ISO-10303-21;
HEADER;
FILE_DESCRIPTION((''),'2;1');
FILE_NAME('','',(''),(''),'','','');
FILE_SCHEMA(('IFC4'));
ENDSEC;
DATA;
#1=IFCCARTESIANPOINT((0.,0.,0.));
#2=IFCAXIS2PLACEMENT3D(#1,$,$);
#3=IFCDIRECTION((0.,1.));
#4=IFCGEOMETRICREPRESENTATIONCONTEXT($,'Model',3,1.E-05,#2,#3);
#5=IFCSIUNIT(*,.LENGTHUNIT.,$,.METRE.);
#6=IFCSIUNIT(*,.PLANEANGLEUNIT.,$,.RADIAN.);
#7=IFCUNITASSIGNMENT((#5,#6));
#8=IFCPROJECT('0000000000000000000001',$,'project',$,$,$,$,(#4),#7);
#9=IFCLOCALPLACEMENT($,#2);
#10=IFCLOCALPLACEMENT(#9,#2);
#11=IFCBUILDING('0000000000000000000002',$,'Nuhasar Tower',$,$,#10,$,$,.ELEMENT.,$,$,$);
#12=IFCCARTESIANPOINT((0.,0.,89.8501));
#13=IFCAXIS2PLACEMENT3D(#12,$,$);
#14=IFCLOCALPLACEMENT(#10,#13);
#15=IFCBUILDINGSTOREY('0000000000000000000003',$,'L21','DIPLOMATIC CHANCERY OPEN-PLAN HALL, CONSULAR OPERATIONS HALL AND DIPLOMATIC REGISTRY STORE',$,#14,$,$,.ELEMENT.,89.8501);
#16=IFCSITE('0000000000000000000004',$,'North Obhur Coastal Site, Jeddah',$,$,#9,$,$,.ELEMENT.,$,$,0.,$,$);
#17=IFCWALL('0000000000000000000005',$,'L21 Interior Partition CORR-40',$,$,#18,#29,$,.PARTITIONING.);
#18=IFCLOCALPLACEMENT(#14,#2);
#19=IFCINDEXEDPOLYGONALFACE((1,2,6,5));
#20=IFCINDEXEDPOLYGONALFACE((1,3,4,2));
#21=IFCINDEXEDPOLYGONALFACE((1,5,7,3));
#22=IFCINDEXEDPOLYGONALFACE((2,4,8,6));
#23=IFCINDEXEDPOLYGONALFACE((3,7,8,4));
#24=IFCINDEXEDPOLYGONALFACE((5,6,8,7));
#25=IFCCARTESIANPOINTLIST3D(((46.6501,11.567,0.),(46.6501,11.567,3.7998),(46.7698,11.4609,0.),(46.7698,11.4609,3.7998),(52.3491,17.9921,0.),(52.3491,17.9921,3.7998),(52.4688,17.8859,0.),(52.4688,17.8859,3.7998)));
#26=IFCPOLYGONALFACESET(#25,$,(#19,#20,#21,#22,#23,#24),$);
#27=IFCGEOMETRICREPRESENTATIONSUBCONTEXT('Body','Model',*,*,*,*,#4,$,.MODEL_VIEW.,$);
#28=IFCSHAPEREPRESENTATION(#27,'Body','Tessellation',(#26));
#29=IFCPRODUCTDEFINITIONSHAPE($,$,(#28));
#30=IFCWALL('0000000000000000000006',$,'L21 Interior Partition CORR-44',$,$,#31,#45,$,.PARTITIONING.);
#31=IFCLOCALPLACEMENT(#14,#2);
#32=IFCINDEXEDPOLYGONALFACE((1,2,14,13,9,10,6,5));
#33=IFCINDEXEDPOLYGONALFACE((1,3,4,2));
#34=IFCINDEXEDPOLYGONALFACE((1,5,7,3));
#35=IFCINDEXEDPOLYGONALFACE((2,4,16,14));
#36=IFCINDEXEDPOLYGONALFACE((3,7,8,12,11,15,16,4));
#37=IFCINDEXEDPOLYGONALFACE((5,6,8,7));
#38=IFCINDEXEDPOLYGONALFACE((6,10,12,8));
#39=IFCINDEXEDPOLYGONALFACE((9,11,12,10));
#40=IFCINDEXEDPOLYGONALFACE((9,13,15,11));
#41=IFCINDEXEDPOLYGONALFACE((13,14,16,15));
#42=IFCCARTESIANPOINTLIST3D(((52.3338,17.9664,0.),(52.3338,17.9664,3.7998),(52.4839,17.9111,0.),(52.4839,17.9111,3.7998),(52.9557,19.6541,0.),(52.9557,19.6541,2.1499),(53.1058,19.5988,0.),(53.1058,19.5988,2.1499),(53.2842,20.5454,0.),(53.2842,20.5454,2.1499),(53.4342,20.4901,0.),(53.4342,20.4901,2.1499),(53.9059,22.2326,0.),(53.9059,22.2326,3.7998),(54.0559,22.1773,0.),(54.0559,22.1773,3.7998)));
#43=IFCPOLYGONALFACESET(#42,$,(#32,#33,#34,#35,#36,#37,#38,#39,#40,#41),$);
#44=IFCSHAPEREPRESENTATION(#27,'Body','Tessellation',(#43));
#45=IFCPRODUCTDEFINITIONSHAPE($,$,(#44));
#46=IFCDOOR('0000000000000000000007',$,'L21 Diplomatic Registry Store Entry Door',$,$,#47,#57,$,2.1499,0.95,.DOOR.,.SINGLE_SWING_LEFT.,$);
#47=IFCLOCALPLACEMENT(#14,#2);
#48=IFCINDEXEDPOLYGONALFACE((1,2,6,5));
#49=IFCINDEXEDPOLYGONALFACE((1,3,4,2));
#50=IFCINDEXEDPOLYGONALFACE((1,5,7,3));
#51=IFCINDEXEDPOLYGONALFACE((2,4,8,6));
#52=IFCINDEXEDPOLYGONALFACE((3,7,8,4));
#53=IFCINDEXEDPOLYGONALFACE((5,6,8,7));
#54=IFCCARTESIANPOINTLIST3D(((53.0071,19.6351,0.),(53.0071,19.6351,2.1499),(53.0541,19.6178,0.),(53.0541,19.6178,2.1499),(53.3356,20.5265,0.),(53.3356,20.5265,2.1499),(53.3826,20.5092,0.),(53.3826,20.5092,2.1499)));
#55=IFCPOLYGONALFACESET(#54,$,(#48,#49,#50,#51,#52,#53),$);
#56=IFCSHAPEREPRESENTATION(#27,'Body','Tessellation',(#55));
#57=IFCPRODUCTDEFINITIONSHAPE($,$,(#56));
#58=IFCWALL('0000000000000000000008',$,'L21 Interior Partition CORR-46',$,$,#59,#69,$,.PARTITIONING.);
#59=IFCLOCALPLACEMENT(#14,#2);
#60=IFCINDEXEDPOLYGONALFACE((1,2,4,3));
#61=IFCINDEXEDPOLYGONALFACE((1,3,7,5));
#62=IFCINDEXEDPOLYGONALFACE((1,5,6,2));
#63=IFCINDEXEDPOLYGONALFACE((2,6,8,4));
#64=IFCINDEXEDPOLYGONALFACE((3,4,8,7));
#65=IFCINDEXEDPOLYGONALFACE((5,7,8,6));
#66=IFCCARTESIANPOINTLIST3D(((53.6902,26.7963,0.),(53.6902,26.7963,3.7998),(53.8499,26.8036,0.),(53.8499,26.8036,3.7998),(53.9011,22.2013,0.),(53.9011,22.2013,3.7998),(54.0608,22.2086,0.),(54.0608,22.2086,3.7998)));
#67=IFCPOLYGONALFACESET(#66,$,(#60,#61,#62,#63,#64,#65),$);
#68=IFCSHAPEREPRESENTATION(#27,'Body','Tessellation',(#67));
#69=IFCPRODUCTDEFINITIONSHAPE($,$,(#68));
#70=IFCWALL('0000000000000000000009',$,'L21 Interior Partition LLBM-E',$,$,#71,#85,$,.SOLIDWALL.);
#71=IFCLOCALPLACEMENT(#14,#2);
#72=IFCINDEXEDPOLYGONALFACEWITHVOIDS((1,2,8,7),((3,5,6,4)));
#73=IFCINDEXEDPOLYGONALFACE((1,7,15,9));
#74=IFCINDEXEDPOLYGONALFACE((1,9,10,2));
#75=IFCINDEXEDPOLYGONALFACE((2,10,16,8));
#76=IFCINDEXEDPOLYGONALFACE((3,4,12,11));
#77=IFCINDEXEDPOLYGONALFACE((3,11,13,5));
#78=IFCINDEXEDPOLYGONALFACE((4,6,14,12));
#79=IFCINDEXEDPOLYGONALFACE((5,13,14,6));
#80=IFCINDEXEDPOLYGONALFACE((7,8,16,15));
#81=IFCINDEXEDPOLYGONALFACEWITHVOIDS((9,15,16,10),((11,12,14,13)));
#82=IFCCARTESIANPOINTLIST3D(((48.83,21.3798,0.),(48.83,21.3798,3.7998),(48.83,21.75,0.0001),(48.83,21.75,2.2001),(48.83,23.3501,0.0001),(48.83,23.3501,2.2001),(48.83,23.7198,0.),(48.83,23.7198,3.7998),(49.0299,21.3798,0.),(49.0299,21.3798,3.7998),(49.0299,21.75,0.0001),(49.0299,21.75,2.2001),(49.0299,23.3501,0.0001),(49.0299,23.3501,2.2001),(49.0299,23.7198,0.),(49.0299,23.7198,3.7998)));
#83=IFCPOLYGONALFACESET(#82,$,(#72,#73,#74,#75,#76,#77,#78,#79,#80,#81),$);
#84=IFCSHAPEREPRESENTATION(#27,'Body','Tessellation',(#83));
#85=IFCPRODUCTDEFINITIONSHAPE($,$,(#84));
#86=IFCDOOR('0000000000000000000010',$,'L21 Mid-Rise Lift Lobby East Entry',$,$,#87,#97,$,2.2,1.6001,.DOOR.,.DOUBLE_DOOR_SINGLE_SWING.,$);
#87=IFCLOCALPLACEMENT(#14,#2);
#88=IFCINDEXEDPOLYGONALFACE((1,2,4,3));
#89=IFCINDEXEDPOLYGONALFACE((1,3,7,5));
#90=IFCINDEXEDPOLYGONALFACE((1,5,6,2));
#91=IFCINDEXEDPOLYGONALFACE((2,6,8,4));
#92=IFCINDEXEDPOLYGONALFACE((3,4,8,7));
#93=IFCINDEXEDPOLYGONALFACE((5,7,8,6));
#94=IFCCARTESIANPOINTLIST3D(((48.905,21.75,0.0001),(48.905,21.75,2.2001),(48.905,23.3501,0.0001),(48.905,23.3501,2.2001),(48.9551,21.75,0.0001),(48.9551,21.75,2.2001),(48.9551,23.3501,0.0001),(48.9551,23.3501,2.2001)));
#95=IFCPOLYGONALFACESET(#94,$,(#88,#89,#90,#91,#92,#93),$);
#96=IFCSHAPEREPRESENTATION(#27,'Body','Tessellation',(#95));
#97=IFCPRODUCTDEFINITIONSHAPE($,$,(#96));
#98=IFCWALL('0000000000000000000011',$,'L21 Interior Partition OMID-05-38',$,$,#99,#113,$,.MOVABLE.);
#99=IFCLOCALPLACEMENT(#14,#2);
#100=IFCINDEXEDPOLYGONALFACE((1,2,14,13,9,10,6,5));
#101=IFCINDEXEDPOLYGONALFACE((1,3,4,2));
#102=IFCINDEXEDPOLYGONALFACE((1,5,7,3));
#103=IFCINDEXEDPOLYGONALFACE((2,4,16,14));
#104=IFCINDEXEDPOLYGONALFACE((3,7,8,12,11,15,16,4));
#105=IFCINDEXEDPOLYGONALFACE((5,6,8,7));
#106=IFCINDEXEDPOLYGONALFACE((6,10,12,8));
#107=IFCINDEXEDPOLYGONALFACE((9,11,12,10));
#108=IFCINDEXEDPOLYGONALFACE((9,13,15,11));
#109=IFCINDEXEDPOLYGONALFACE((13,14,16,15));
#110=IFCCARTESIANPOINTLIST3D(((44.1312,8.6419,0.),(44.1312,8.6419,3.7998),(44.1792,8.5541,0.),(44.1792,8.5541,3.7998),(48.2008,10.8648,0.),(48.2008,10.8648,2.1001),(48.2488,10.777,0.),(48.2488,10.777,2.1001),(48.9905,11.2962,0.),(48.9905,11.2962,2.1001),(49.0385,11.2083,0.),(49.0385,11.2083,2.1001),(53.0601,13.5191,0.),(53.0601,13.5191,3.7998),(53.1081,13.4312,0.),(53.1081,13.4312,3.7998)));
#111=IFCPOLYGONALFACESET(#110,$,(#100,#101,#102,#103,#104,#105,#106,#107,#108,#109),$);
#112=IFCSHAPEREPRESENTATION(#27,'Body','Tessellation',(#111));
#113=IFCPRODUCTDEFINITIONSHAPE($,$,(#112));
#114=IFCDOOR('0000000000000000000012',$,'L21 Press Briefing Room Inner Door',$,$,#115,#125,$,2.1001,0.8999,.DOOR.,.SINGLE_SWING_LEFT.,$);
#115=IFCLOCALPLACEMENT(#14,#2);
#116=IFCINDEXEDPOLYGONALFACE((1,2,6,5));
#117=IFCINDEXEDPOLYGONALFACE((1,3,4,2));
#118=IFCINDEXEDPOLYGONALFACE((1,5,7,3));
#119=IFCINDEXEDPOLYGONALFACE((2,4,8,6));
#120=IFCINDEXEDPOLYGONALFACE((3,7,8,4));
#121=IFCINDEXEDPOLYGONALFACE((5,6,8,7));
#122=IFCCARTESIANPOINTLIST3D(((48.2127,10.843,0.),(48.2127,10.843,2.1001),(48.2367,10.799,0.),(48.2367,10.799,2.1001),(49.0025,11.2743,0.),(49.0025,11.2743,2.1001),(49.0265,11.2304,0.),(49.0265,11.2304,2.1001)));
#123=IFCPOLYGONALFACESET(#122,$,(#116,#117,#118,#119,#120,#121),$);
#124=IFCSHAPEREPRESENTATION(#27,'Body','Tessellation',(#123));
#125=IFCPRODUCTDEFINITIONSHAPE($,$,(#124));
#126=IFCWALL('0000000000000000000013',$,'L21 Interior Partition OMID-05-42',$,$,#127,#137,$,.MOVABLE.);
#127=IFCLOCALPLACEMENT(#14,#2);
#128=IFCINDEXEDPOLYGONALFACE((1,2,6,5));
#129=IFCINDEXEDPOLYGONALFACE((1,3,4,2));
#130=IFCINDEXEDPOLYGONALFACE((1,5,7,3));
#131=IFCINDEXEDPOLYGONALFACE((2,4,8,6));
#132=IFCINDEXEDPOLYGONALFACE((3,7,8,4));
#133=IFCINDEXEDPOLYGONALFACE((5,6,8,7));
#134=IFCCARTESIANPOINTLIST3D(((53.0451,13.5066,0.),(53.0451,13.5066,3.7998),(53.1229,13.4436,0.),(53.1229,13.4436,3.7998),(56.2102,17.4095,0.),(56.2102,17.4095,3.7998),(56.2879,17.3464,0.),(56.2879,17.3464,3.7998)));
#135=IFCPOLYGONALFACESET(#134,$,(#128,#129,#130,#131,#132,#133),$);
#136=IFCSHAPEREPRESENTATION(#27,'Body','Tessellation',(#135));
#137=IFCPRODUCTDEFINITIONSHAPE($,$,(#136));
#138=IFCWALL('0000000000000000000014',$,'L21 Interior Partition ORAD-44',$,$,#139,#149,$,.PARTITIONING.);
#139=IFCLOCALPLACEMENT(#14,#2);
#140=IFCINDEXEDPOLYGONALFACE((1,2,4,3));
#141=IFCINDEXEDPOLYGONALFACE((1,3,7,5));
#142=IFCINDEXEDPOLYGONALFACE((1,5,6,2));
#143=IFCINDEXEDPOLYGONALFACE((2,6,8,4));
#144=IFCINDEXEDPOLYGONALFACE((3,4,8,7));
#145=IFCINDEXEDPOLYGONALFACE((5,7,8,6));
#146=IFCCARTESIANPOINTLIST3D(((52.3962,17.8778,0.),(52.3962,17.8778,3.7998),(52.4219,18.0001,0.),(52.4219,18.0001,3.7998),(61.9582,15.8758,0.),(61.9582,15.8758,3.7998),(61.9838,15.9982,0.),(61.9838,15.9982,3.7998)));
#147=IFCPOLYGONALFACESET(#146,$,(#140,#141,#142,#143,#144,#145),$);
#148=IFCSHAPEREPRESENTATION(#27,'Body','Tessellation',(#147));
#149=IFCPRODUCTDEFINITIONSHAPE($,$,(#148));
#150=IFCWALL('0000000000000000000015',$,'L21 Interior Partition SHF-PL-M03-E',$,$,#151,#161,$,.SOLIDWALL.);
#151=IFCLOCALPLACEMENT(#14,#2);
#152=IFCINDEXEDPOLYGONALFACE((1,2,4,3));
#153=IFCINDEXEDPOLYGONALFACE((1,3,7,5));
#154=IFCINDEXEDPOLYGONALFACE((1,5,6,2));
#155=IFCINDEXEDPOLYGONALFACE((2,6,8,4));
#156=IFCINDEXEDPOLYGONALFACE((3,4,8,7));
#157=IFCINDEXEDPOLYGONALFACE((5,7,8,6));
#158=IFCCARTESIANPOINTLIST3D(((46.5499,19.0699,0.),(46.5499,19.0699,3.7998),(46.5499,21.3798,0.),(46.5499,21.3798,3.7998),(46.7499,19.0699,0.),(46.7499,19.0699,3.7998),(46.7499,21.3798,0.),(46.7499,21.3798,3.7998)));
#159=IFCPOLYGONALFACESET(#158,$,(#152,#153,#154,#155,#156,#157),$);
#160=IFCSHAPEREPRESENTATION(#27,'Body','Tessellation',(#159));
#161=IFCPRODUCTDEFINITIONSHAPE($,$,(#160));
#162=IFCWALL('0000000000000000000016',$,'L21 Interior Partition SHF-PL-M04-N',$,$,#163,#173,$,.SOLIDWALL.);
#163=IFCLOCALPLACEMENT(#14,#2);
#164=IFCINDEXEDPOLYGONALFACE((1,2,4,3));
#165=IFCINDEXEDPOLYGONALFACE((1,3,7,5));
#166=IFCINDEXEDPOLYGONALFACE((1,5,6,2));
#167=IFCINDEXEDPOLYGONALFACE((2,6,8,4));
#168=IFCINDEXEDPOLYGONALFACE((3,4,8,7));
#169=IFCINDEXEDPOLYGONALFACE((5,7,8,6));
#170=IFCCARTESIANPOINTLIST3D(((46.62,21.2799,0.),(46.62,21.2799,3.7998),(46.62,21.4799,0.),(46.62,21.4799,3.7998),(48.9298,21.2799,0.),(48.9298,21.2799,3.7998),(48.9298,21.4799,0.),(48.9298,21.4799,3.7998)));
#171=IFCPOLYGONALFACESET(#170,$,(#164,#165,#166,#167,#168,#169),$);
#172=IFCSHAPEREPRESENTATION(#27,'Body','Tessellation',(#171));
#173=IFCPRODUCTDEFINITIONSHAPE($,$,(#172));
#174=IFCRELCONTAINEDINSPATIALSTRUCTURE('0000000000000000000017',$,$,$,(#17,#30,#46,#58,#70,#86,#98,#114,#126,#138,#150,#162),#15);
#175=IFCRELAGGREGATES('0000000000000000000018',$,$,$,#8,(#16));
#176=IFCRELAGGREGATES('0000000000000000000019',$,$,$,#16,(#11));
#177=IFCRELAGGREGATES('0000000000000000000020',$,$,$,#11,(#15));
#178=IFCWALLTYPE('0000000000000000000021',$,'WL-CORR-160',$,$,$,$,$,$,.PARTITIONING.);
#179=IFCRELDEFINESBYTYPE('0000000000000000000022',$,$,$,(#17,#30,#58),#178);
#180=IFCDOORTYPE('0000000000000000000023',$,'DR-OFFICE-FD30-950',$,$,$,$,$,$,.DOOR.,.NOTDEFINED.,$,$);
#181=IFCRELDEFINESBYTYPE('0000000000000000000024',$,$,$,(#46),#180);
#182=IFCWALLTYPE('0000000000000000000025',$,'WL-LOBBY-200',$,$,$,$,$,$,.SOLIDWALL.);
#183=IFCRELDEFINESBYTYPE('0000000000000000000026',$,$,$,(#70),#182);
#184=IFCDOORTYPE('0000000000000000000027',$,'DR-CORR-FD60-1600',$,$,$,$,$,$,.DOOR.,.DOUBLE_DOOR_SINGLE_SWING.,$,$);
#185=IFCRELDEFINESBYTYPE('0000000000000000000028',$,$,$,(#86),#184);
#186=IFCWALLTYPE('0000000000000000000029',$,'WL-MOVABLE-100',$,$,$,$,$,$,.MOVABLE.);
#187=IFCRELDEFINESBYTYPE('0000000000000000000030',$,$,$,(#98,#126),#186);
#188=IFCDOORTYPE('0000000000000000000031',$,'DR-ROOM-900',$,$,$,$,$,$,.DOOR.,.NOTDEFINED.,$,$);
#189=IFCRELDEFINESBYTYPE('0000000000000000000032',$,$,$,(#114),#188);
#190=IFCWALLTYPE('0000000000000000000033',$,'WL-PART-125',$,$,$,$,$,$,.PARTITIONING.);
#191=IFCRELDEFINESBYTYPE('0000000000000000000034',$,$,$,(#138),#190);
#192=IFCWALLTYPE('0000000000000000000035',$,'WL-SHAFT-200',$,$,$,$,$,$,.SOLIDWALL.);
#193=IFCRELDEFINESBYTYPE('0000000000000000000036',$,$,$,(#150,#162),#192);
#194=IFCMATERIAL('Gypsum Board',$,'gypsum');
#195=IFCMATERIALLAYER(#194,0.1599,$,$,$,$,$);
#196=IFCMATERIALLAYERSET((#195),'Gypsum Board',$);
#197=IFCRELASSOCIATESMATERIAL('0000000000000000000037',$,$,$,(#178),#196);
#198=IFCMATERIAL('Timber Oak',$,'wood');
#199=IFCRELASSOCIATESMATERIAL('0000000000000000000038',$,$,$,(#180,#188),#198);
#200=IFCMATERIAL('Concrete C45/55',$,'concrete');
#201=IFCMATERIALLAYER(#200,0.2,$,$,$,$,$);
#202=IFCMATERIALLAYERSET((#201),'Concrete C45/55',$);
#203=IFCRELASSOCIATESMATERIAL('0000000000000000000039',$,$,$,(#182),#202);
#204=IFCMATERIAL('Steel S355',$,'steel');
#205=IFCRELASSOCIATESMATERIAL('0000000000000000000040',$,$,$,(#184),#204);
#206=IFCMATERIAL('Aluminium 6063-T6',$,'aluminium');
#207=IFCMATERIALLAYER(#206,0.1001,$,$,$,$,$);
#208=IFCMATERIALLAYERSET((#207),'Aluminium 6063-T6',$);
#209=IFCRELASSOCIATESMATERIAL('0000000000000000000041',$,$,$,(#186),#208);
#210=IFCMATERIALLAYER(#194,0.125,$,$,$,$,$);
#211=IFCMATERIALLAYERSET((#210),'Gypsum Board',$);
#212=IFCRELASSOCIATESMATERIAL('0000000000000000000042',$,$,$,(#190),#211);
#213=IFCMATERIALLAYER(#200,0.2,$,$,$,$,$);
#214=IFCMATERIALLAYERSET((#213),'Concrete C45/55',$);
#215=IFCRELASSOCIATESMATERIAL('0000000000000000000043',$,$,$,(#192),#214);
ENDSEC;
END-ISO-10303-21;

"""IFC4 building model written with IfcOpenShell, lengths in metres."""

from ifc_helpers import new_model, si_unit, direction, frame, frame_2d, origin, place, context, subcontext, project, spatial, rectangle, extrude, material, layer, layer_set, type_object, element, fill, save


model = new_model("IFC4")

# Units and contexts
model_context = context("Model", 3, precision=1e-05, world=origin(), true_north=direction((0.0, 1.0)))
body_context = subcontext(model_context, "Body", "Model", "MODEL_VIEW")
ifc_project = project(units=[si_unit("LENGTHUNIT", "METRE"), si_unit("PLANEANGLEUNIT", "RADIAN")], contexts=[model_context])

# Site, building, storey
site_placement = place(None, origin())
site = spatial("IfcSite", under=ifc_project, at=site_placement, Name="North Obhur Coastal Site, Jeddah", CompositionType="ELEMENT", RefElevation=0.0)
building_placement = place(site_placement, origin())
building = spatial("IfcBuilding", under=site, at=building_placement, Name="Nuhasar Tower", CompositionType="ELEMENT")
storey_placement = place(building_placement, frame((0.0, 0.0, 89.8501)))
storey = spatial("IfcBuildingStorey", under=building, at=storey_placement, Name="L21", Description="DIPLOMATIC CHANCERY OPEN-PLAN HALL, CONSULAR OPERATIONS HALL AND DIPLOMATIC REGISTRY STORE", CompositionType="ELEMENT", Elevation=89.8501)

# Shared definitions
ifc_material_1 = material(Name="Steel S355", Category="steel")

# Shared definitions
ifc_material_2 = material(Name="Aluminium 6063-T6", Category="aluminium")

# Shared definitions
ifc_material_3 = material(Name="Gypsum Board", Category="gypsum")
ifc_layer_1 = layer(ifc_material_3, 0.1599)
ifc_layer_set_1 = layer_set([ifc_layer_1], Name="Gypsum Board")
wall_type_1 = type_object("IfcWallType", Name="WL-CORR-160", PredefinedType="PARTITIONING", material=ifc_layer_set_1)
ifc_material_4 = material(Name="Timber Oak", Category="wood")
door_type_1 = type_object("IfcDoorType", Name="DR-OFFICE-FD30-950", OperationType="NOTDEFINED", PredefinedType="DOOR", material=ifc_material_4)

# Wall
wall_1_placement = place(storey_placement, frame((46.71, 11.5139, 0.0), z_axis=(0.0, 0.0, 1.0), x_axis=(0.663571, 0.748113, 0.0)))
element("IfcWall", 1, at=wall_1_placement, inside=storey, type_object=wall_type_1, Name="L21 Interior Partition CORR-40", PredefinedType="PARTITIONING", context=body_context, shape_type="SweptSolid", body=[
    extrude(rectangle(XDim=8.5884, YDim=0.1599, at=frame_2d((4.2942, 0.0))), origin(), (0.0, 0.0, 1.0), 3.7998),
])

# Wall, opening, door
wall_2_placement = place(storey_placement, frame((53.981, 22.2051, 0.0), z_axis=(0.0, 0.0, 1.0), x_axis=(-0.345763, -0.938322, 0.0)))
wall_2 = element("IfcWall", 2, at=wall_2_placement, inside=storey, type_object=wall_type_1, Name="L21 Interior Partition CORR-44", PredefinedType="PARTITIONING", context=body_context, shape_type="SweptSolid", body=[
    extrude(rectangle(XDim=4.5466, YDim=0.1599, at=frame_2d((2.2734, 0.0))), origin(), (0.0, 0.0, 1.0), 3.7998),
])
opening_1_placement = place(wall_2_placement, frame((1.7981, 0.0, 0.0)))
opening_1 = element("IfcOpeningElement", 3, at=opening_1_placement, cuts=wall_2, PredefinedType="OPENING", context=body_context, shape_type="SweptSolid", body=[
    extrude(rectangle(XDim=0.95, YDim=2.1499, at=frame_2d((0.4751, 1.075))), frame((0.0, 0.0898, 0.0), z_axis=(0.0, -1.0, 0.0), x_axis=(1.0, 0.0, 0.0)), (0.0, 0.0, 1.0), 0.1799),
])
door_1_placement = place(opening_1_placement, origin())
door_1 = element("IfcDoor", 4, at=door_1_placement, inside=storey, type_object=door_type_1, Name="L21 Diplomatic Registry Store Entry Door", OperationType="SINGLE_SWING_LEFT", OverallHeight=2.1499, OverallWidth=0.95, PredefinedType="DOOR", context=body_context, shape_type="SweptSolid", body=[
    extrude(rectangle(XDim=0.95, YDim=2.1499, at=frame_2d((0.4751, 1.075))), frame((0.0, 0.0249, 0.0), z_axis=(0.0, -1.0, 0.0), x_axis=(1.0, 0.0, 0.0)), (0.0, 0.0, 1.0), 0.05),
])
fill(opening_1, door_1)

# Wall
wall_3_placement = place(storey_placement, frame((53.981, 22.2051, 0.0), z_axis=(0.0, 0.0, 1.0), x_axis=(-0.045858, 0.998948, 0.0)))
element("IfcWall", 5, at=wall_3_placement, inside=storey, type_object=wall_type_1, Name="L21 Interior Partition CORR-46", PredefinedType="PARTITIONING", context=body_context, shape_type="SweptSolid", body=[
    extrude(rectangle(XDim=4.5999, YDim=0.1599, at=frame_2d((2.2998, 0.0))), origin(), (0.0, 0.0, 1.0), 3.7998),
])

# Walls, openings, doors
ifc_material_5 = material(Name="Concrete C45/55", Category="concrete")
ifc_layer_2 = layer(ifc_material_5, 0.2)
ifc_layer_set_2 = layer_set([ifc_layer_2], Name="Concrete C45/55")
wall_type_2 = type_object("IfcWallType", Name="WL-LOBBY-200", PredefinedType="SOLIDWALL", material=ifc_layer_set_2)
wall_4_placement = place(storey_placement, frame((48.9299, 21.3799, 0.0), z_axis=(0.0, 0.0, 1.0), x_axis=(0.0, 1.0, 0.0)))
wall_4 = element("IfcWall", 6, at=wall_4_placement, inside=storey, type_object=wall_type_2, Name="L21 Interior Partition LLBM-E", PredefinedType="SOLIDWALL", context=body_context, shape_type="SweptSolid", body=[
    extrude(rectangle(XDim=2.3401, YDim=0.2, at=frame_2d((1.1699, 0.0))), origin(), (0.0, 0.0, 1.0), 3.7998),
])
opening_2_placement = place(wall_4_placement, frame((0.3701, 0.0, 0.0)))
opening_2 = element("IfcOpeningElement", 7, at=opening_2_placement, cuts=wall_4, PredefinedType="OPENING", context=body_context, shape_type="SweptSolid", body=[
    extrude(rectangle(XDim=1.6001, YDim=2.2, at=frame_2d((0.8, 1.1001))), frame((0.0, 0.1099, 0.0), z_axis=(0.0, -1.0, 0.0), x_axis=(1.0, 0.0, 0.0)), (0.0, 0.0, 1.0), 0.22),
])
door_type_2 = type_object("IfcDoorType", Name="DR-CORR-FD60-1600", OperationType="DOUBLE_DOOR_SINGLE_SWING", PredefinedType="DOOR", material=ifc_material_1)
door_2_placement = place(opening_2_placement, origin())
door_2 = element("IfcDoor", 8, at=door_2_placement, inside=storey, type_object=door_type_2, Name="L21 Mid-Rise Lift Lobby East Entry", OperationType="DOUBLE_DOOR_SINGLE_SWING", OverallHeight=2.2, OverallWidth=1.6001, PredefinedType="DOOR", context=body_context, shape_type="SweptSolid", body=[
    extrude(rectangle(XDim=1.6001, YDim=2.2, at=frame_2d((0.8, 1.1001))), frame((0.0, 0.0249, 0.0), z_axis=(0.0, -1.0, 0.0), x_axis=(1.0, 0.0, 0.0)), (0.0, 0.0, 1.0), 0.05),
])
fill(opening_2, door_2)
ifc_layer_3 = layer(ifc_material_2, 0.1001)
ifc_layer_set_3 = layer_set([ifc_layer_3], Name="Aluminium 6063-T6")
wall_type_3 = type_object("IfcWallType", Name="WL-MOVABLE-100", PredefinedType="MOVABLE", material=ifc_layer_set_3)
wall_5_placement = place(storey_placement, frame((53.084, 13.4751, 0.0), z_axis=(0.0, 0.0, 1.0), x_axis=(-0.877612, -0.479372, 0.0)))
wall_5 = element("IfcWall", 9, at=wall_5_placement, inside=storey, type_object=wall_type_3, Name="L21 Interior Partition OMID-05-38", PredefinedType="MOVABLE", context=body_context, shape_type="SweptSolid", body=[
    extrude(rectangle(XDim=10.1741, YDim=0.1001, at=frame_2d((5.0869, 0.0))), origin(), (0.0, 0.0, 1.0), 3.7998),
])
opening_3_placement = place(wall_5_placement, frame((4.637, 0.0, 0.0)))
opening_3 = element("IfcOpeningElement", 10, at=opening_3_placement, cuts=wall_5, PredefinedType="OPENING", context=body_context, shape_type="SweptSolid", body=[
    extrude(rectangle(XDim=0.8999, YDim=2.1001, at=frame_2d((0.45, 1.05))), frame((0.0, 0.0601, 0.0), z_axis=(0.0, -1.0, 0.0), x_axis=(1.0, 0.0, 0.0)), (0.0, 0.0, 1.0), 0.1201),
])
door_type_3 = type_object("IfcDoorType", Name="DR-ROOM-900", OperationType="NOTDEFINED", PredefinedType="DOOR", material=ifc_material_4)
door_3_placement = place(opening_3_placement, origin())
door_3 = element("IfcDoor", 11, at=door_3_placement, inside=storey, type_object=door_type_3, Name="L21 Press Briefing Room Inner Door", OperationType="SINGLE_SWING_LEFT", OverallHeight=2.1001, OverallWidth=0.8999, PredefinedType="DOOR", context=body_context, shape_type="SweptSolid", body=[
    extrude(rectangle(XDim=0.8999, YDim=2.1001, at=frame_2d((0.45, 1.05))), frame((0.0, 0.0249, 0.0), z_axis=(0.0, -1.0, 0.0), x_axis=(1.0, 0.0, 0.0)), (0.0, 0.0, 1.0), 0.05),
])
fill(opening_3, door_3)

# Walls
wall_6_placement = place(storey_placement, frame((53.084, 13.4751, 0.0), z_axis=(0.0, 0.0, 1.0), x_axis=(0.629872, 0.776699, 0.0)))
element("IfcWall", 12, at=wall_6_placement, inside=storey, type_object=wall_type_3, Name="L21 Interior Partition OMID-05-42", PredefinedType="MOVABLE", context=body_context, shape_type="SweptSolid", body=[
    extrude(rectangle(XDim=5.0249, YDim=0.1001, at=frame_2d((2.5125, 0.0))), origin(), (0.0, 0.0, 1.0), 3.7998),
])
ifc_layer_4 = layer(ifc_material_3, 0.125)
ifc_layer_set_4 = layer_set([ifc_layer_4], Name="Gypsum Board")
wall_type_4 = type_object("IfcWallType", Name="WL-PART-125", PredefinedType="PARTITIONING", material=ifc_layer_set_4)
wall_7_placement = place(storey_placement, frame((52.4089, 17.939, 0.0), z_axis=(0.0, 0.0, 1.0), x_axis=(0.978778, -0.204922, 0.0)))
element("IfcWall", 13, at=wall_7_placement, inside=storey, type_object=wall_type_4, Name="L21 Interior Partition ORAD-44", PredefinedType="PARTITIONING", context=body_context, shape_type="SweptSolid", body=[
    extrude(rectangle(XDim=9.7693, YDim=0.125, at=frame_2d((4.8848, 0.0))), origin(), (0.0, 0.0, 1.0), 3.7998),
])
ifc_layer_5 = layer(ifc_material_5, 0.2)
ifc_layer_set_5 = layer_set([ifc_layer_5], Name="Concrete C45/55")
wall_type_5 = type_object("IfcWallType", Name="WL-SHAFT-200", PredefinedType="SOLIDWALL", material=ifc_layer_set_5)
for number, where, z_axis, x_axis, name in (
    (14, (46.6499, 19.0701, 0.0), (0.0, 0.0, 1.0), (0.0, 1.0, 0.0), "L21 Interior Partition SHF-PL-M03-E"),
    (15, (46.6201, 21.3799, 0.0), (0.0, 0.0, 1.0), (1.0, 0.0, 0.0), "L21 Interior Partition SHF-PL-M04-N"),
):
    element("IfcWall", number, at=place(storey_placement, frame(where, z_axis=z_axis, x_axis=x_axis)), inside=storey, type_object=wall_type_5, Name=name, PredefinedType="SOLIDWALL", context=body_context, shape_type="SweptSolid", body=[
        extrude(rectangle(XDim=2.3098, YDim=0.2, at=frame_2d((1.1548, 0.0))), origin(), (0.0, 0.0, 1.0), 3.7998),
    ])

save(model, "model.ifc")
